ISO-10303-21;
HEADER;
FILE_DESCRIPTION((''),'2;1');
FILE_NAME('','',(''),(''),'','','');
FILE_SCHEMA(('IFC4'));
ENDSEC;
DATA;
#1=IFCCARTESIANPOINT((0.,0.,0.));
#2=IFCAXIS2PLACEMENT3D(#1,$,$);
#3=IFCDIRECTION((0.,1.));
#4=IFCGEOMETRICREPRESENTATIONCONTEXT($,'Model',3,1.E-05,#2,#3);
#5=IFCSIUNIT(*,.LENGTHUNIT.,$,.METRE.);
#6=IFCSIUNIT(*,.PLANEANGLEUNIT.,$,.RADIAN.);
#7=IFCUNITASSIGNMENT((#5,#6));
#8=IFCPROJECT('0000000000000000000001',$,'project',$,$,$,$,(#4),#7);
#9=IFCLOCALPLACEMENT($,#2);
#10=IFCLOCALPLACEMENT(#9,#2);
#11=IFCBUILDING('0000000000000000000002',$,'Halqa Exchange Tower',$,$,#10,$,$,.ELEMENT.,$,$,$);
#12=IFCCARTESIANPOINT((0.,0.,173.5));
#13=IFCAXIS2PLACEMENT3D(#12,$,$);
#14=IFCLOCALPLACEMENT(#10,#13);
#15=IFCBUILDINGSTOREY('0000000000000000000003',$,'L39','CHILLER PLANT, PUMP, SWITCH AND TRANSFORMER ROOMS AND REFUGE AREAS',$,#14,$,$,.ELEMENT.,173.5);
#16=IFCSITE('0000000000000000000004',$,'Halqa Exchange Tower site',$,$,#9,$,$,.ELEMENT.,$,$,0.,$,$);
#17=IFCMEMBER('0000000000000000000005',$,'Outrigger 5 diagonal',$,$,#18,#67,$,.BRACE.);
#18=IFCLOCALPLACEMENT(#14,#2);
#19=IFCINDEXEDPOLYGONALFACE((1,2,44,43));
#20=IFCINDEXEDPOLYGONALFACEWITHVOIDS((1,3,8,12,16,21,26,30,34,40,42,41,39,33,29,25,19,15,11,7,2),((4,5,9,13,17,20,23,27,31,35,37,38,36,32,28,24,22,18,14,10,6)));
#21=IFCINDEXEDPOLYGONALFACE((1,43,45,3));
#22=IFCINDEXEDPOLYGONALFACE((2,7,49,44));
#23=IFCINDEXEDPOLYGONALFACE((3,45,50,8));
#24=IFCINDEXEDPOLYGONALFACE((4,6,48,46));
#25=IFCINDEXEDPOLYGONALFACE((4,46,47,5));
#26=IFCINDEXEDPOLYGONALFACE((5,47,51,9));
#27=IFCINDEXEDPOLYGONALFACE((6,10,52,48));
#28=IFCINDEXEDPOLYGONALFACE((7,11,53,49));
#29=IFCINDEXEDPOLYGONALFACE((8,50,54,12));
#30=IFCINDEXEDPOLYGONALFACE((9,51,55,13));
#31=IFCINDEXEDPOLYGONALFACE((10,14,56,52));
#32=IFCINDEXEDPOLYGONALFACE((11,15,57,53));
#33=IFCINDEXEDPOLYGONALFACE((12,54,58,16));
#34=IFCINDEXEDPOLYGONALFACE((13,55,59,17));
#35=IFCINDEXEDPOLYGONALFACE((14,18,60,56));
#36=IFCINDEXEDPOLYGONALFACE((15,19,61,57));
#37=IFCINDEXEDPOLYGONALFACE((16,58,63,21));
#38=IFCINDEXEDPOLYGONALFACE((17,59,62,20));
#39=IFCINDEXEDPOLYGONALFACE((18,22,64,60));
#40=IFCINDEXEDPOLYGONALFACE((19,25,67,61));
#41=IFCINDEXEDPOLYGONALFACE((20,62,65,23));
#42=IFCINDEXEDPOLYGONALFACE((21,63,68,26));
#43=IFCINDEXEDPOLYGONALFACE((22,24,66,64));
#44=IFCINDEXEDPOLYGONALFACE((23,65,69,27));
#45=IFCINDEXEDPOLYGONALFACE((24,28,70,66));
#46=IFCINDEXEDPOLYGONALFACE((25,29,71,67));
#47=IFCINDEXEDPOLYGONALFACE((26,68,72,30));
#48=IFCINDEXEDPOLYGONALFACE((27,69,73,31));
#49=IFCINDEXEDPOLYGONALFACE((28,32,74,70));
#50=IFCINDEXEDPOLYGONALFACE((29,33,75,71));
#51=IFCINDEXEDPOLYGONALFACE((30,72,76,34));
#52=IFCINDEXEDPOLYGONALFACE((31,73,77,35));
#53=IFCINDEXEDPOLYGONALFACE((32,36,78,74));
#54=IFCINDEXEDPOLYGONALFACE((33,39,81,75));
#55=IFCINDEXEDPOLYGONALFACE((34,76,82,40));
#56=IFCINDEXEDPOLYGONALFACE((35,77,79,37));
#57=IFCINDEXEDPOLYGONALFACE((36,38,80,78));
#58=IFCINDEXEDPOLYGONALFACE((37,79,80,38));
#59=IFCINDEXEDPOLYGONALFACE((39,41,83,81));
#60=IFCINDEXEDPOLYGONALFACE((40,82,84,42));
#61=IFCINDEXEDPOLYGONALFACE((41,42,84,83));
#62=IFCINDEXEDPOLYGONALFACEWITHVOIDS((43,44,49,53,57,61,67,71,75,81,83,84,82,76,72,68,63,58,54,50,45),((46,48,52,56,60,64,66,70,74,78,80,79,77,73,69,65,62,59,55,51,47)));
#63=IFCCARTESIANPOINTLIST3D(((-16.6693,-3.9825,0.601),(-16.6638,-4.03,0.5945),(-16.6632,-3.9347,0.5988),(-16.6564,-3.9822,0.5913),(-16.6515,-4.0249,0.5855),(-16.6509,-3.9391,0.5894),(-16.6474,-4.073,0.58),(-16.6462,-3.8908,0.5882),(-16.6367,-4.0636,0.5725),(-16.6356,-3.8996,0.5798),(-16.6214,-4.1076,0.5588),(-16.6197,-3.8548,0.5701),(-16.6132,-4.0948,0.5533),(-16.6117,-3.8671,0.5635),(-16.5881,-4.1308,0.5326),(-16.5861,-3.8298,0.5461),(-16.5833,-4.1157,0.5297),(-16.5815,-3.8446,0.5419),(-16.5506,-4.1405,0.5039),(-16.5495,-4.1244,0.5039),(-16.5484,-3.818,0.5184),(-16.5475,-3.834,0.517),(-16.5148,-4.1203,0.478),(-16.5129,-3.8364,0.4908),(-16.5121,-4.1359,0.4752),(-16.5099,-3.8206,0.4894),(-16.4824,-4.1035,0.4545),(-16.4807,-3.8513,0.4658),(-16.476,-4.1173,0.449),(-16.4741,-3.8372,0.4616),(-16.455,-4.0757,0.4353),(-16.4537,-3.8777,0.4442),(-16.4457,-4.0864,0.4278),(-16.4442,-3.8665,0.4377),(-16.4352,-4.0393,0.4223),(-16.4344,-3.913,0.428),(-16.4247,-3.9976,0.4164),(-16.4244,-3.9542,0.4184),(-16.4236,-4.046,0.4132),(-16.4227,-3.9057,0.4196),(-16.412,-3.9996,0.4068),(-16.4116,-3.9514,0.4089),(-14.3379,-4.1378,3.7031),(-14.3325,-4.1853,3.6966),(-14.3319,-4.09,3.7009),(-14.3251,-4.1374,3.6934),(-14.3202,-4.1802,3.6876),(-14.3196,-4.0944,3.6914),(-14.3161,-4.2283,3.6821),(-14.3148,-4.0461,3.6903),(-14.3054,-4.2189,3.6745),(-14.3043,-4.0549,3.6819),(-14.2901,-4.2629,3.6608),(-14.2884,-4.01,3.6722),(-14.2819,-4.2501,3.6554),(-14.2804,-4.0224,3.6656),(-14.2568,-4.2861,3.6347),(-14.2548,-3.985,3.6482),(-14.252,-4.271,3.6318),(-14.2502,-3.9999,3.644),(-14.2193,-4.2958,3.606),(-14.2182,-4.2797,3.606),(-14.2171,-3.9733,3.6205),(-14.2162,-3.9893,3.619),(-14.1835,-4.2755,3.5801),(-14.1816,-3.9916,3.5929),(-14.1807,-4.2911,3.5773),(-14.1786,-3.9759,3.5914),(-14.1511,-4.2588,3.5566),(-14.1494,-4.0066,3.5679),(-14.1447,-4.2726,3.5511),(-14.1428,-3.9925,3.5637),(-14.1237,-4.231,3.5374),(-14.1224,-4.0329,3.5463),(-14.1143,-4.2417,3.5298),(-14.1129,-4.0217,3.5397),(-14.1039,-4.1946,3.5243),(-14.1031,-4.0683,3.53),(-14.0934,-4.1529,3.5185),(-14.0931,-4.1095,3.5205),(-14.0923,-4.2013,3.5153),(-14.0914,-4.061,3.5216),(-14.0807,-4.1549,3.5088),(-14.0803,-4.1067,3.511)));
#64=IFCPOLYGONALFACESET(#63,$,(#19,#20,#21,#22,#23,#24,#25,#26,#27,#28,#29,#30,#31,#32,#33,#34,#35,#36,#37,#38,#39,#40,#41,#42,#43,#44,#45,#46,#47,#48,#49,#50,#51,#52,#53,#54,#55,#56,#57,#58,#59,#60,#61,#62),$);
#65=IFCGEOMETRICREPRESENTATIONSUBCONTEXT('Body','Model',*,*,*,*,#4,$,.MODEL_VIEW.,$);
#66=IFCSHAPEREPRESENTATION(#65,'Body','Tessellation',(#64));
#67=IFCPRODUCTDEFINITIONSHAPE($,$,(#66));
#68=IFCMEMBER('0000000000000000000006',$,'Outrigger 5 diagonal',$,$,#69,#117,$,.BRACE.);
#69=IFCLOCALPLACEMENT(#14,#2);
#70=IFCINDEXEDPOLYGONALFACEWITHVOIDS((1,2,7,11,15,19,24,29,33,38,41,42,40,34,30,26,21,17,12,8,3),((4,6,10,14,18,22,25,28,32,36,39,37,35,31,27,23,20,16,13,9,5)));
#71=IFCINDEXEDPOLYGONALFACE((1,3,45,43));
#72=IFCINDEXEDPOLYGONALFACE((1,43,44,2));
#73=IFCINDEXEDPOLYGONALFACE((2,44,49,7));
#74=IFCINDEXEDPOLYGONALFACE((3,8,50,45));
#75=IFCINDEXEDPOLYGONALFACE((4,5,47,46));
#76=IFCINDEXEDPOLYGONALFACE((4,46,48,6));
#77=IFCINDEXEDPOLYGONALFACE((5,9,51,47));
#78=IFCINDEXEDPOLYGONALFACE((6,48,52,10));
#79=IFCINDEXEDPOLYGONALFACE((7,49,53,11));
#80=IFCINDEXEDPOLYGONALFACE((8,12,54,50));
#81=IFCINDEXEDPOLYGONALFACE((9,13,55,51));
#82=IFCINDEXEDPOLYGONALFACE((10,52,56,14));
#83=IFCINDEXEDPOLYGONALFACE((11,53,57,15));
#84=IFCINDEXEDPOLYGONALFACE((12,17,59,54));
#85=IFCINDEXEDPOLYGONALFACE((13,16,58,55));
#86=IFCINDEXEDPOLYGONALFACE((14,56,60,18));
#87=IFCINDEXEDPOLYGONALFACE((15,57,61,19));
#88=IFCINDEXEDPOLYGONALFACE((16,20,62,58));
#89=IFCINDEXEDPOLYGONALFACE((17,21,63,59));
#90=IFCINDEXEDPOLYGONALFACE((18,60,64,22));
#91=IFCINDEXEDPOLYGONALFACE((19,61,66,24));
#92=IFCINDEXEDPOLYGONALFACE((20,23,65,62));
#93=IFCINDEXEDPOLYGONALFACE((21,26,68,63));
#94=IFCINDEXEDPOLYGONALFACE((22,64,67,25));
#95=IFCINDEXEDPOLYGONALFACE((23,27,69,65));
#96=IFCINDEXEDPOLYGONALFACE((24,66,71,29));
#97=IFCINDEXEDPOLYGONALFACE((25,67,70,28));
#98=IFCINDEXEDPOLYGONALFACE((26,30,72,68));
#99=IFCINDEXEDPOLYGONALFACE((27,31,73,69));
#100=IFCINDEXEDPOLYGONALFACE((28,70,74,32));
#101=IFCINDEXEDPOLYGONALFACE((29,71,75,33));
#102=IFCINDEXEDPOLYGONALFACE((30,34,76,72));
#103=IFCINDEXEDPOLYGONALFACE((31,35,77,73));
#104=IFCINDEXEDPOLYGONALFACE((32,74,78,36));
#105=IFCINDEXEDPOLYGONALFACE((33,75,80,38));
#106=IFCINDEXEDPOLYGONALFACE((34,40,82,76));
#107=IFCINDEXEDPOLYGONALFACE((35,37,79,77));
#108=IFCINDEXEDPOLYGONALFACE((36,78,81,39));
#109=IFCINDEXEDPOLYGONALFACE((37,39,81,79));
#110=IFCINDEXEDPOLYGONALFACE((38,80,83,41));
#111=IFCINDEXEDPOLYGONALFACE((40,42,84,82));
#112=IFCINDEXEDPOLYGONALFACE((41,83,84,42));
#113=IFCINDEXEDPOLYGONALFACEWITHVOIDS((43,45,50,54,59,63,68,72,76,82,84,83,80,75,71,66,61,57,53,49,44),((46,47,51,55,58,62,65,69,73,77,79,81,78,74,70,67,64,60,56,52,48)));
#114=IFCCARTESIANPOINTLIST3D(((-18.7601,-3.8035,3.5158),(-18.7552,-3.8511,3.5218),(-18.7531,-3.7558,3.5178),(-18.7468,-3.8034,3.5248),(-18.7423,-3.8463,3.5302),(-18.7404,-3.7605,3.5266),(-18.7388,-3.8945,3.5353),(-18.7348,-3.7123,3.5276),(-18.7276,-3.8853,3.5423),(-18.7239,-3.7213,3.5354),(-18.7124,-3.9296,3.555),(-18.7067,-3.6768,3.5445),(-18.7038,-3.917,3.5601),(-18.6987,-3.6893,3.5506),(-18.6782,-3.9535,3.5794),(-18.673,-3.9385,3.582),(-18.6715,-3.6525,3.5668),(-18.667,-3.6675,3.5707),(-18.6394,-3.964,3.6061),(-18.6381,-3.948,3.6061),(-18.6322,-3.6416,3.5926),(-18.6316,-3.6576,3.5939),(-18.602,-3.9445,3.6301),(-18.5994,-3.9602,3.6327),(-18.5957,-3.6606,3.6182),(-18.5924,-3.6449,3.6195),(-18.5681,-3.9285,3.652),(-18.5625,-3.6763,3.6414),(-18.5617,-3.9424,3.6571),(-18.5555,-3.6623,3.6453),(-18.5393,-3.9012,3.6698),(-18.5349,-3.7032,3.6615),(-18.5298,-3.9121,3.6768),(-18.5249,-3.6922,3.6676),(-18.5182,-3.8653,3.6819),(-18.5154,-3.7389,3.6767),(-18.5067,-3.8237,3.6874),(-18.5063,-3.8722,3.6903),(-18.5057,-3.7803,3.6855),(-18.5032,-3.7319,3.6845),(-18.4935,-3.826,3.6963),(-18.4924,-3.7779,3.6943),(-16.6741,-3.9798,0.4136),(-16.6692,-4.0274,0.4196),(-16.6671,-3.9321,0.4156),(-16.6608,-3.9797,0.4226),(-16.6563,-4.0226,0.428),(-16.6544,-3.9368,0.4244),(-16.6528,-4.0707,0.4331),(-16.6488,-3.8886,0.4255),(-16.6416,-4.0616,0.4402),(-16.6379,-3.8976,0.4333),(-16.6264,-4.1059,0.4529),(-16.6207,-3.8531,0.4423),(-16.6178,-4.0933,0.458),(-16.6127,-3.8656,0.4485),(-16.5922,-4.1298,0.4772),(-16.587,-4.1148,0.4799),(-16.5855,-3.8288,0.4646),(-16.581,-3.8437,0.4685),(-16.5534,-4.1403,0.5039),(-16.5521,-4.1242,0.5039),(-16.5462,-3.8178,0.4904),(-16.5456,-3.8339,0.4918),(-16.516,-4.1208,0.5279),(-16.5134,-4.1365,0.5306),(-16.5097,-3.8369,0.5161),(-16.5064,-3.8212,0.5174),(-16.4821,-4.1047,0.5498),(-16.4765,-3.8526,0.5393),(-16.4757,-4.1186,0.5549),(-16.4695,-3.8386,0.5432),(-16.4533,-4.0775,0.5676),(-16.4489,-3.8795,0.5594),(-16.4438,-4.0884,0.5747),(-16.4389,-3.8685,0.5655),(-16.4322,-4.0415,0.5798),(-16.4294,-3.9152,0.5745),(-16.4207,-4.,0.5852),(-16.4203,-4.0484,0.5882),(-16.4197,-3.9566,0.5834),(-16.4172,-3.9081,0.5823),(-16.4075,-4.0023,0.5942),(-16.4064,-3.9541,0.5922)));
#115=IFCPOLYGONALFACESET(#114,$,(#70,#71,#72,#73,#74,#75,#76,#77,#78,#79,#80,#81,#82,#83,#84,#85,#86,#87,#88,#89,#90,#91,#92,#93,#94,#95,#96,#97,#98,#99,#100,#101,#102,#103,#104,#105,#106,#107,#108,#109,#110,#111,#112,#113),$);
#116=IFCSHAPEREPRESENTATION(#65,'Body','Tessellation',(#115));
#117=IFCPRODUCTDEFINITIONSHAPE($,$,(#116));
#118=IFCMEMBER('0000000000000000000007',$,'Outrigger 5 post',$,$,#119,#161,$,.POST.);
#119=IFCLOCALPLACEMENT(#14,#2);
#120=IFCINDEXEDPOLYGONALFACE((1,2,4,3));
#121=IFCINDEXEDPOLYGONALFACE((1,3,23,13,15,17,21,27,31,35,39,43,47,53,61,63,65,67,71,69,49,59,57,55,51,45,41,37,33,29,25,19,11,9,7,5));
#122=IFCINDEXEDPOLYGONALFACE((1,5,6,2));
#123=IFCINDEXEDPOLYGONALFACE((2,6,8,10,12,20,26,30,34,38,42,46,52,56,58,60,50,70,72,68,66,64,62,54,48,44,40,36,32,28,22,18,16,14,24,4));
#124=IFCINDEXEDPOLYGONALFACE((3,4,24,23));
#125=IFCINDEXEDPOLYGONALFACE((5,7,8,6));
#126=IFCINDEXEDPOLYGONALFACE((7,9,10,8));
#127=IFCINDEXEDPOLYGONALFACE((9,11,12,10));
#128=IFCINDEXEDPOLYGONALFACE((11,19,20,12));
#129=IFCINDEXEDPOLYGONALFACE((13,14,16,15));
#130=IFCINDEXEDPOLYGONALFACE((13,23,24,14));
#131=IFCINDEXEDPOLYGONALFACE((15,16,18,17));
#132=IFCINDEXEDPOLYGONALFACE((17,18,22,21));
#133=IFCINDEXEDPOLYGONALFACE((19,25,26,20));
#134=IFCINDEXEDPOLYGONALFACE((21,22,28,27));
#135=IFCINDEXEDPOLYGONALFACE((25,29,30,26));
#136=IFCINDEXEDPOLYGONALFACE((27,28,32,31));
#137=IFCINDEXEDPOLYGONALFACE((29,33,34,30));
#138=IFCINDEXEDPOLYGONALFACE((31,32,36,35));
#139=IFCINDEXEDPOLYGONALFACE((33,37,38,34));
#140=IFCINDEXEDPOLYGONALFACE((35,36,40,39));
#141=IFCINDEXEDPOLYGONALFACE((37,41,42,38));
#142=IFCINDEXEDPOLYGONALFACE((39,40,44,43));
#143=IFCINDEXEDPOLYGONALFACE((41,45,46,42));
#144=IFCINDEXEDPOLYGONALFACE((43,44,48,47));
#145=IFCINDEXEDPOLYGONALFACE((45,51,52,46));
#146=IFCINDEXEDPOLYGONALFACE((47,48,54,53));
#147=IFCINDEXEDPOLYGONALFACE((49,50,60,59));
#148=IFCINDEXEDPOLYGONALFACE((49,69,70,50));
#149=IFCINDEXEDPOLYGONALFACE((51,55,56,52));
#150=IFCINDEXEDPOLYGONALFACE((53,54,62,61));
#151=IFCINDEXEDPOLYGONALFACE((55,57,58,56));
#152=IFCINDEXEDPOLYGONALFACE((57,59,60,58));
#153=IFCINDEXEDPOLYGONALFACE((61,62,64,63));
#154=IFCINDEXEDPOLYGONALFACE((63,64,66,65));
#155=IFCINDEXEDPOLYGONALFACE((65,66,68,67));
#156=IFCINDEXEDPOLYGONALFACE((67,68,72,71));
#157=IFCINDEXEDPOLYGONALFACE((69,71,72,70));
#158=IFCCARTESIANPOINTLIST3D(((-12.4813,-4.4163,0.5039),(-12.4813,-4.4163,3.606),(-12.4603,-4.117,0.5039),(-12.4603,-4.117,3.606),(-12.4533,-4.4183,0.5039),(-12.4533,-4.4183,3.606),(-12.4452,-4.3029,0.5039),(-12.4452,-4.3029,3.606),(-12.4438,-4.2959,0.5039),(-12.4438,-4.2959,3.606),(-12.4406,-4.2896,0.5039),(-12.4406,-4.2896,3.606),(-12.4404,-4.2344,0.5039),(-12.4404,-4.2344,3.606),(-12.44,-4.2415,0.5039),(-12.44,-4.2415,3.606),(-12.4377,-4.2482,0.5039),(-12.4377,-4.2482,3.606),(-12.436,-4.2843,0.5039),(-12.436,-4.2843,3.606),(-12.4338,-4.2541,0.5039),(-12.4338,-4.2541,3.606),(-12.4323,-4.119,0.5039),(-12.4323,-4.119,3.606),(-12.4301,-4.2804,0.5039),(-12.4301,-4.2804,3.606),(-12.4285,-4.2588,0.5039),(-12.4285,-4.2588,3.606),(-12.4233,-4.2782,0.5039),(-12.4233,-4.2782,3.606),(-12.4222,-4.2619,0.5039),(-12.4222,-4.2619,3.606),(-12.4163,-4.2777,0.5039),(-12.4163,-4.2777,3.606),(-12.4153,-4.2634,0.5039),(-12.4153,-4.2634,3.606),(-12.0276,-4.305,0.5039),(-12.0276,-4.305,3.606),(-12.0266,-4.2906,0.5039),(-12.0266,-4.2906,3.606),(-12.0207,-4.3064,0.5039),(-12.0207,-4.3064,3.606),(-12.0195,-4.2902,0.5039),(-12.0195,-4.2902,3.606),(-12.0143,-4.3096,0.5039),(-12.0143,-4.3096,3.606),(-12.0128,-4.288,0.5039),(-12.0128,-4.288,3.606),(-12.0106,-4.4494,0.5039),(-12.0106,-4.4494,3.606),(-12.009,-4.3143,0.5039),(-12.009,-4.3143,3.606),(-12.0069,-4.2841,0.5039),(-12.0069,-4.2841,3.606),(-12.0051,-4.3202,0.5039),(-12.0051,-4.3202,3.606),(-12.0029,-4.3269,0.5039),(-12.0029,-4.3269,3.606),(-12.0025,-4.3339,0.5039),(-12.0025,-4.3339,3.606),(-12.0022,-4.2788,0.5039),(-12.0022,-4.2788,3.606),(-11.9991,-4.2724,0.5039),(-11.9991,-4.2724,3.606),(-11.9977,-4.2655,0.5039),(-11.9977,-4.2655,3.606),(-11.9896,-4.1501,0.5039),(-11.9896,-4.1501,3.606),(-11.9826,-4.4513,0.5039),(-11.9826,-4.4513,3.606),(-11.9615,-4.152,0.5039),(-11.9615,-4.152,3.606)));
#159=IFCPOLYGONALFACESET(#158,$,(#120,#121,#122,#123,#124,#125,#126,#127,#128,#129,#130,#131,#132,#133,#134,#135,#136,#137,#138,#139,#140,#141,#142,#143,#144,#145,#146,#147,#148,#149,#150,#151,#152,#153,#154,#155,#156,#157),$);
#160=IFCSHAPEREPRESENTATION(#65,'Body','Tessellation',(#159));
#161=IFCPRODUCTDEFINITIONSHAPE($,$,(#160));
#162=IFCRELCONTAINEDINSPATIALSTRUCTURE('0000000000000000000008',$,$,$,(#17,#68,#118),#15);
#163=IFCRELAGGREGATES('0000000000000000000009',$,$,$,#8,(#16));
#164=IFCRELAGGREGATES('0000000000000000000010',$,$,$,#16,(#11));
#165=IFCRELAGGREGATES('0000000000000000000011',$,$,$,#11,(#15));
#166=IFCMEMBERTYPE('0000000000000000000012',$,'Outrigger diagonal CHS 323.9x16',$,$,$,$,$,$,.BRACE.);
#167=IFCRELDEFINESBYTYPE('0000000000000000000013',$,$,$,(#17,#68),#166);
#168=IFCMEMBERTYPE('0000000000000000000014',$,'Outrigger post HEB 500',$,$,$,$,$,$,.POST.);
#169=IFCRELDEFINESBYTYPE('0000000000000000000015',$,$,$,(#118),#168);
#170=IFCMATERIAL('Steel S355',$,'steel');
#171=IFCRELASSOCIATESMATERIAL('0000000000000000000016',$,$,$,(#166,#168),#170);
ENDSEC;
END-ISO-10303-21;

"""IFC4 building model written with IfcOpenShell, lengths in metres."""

from ifc_helpers import new_model, si_unit, direction, frame, origin, origin_2d, place, context, subcontext, project, spatial, hollow_circle, i_section, extrude, material, material_profile, profile_set, type_object, element, save


model = new_model("IFC4")

# Units and contexts
model_context = context("Model", 3, precision=1e-05, world=origin(), true_north=direction((0.0, 1.0)))
body_context = subcontext(model_context, "Body", "Model", "MODEL_VIEW")
ifc_project = project(units=[si_unit("LENGTHUNIT", "METRE"), si_unit("PLANEANGLEUNIT", "RADIAN")], contexts=[model_context])

# Site, building, storey
site_placement = place(None, origin())
site = spatial("IfcSite", under=ifc_project, at=site_placement, Name="Halqa Exchange Tower site", CompositionType="ELEMENT", RefElevation=0.0)
building_placement = place(site_placement, origin())
building = spatial("IfcBuilding", under=site, at=building_placement, Name="Halqa Exchange Tower", CompositionType="ELEMENT")
storey_placement = place(building_placement, frame((0.0, 0.0, 173.5)))
storey = spatial("IfcBuildingStorey", under=building, at=storey_placement, Name="L39", Description="CHILLER PLANT, PUMP, SWITCH AND TRANSFORMER ROOMS AND REFUGE AREAS", CompositionType="ELEMENT", Elevation=173.5)

# Shared definitions
ifc_material_1 = material(Name="Steel S355", Category="steel")

# Members
ifc_material_profile_1 = material_profile(ifc_material_1, hollow_circle(Radius=0.1619, WallThickness=0.0161, at=origin_2d()), Name="CHS 323.9x16")
ifc_profile_set_1 = profile_set([ifc_material_profile_1], Name="Steel S355")
member_type_1 = type_object("IfcMemberType", Name="Outrigger diagonal CHS 323.9x16", PredefinedType="BRACE", material=ifc_profile_set_1)
member_1_placement = place(storey_placement, frame((-14.2085, -4.1343, 3.606), z_axis=(-0.600305, 0.039983, -0.798771), x_axis=(-0.066457, -0.997789, 0.0)))
element("IfcMember", 1, at=member_1_placement, inside=storey, type_object=member_type_1, Name="Outrigger 5 diagonal", PredefinedType="BRACE", context=body_context, shape_type="SweptSolid", body=[
    extrude(hollow_circle(Radius=0.1619, WallThickness=0.0161, at=origin_2d()), origin(), (0.0, 0.0, 1.0), 3.8835),
])
member_2_placement = place(storey_placement, frame((-16.5398, -3.979, 0.5039), z_axis=(-0.557392, 0.047102, 0.828912), x_axis=(-0.084204, -0.996449, 0.0)))
element("IfcMember", 2, at=member_2_placement, inside=storey, type_object=member_type_1, Name="Outrigger 5 diagonal", PredefinedType="BRACE", context=body_context, shape_type="SweptSolid", body=[
    extrude(hollow_circle(Radius=0.1619, WallThickness=0.0161, at=origin_2d()), origin(), (0.0, 0.0, 1.0), 3.7424),
])
ifc_material_profile_2 = material_profile(ifc_material_1, i_section(OverallWidth=0.3, OverallDepth=0.5, WebThickness=0.0144, FlangeThickness=0.0281, FilletRadius=0.0271, at=origin_2d()), Name="HEB 500")
ifc_profile_set_2 = profile_set([ifc_material_profile_2], Name="Steel S355")
member_type_2 = type_object("IfcMemberType", Name="Outrigger post HEB 500", PredefinedType="POST", material=ifc_profile_set_2)
member_3_placement = place(storey_placement, frame((-12.2214, -4.2842, 0.5039), z_axis=(0.0, 0.0, 1.0), x_axis=(-0.070018, -0.997546, 0.0)))
element("IfcMember", 3, at=member_3_placement, inside=storey, type_object=member_type_2, Name="Outrigger 5 post", PredefinedType="POST", context=body_context, shape_type="SweptSolid", body=[
    extrude(i_section(OverallWidth=0.3, OverallDepth=0.5, WebThickness=0.0144, FlangeThickness=0.0281, FilletRadius=0.0271, at=origin_2d()), origin(), (0.0, 0.0, 1.0), 3.1021),
])

save(model, "model.ifc")
